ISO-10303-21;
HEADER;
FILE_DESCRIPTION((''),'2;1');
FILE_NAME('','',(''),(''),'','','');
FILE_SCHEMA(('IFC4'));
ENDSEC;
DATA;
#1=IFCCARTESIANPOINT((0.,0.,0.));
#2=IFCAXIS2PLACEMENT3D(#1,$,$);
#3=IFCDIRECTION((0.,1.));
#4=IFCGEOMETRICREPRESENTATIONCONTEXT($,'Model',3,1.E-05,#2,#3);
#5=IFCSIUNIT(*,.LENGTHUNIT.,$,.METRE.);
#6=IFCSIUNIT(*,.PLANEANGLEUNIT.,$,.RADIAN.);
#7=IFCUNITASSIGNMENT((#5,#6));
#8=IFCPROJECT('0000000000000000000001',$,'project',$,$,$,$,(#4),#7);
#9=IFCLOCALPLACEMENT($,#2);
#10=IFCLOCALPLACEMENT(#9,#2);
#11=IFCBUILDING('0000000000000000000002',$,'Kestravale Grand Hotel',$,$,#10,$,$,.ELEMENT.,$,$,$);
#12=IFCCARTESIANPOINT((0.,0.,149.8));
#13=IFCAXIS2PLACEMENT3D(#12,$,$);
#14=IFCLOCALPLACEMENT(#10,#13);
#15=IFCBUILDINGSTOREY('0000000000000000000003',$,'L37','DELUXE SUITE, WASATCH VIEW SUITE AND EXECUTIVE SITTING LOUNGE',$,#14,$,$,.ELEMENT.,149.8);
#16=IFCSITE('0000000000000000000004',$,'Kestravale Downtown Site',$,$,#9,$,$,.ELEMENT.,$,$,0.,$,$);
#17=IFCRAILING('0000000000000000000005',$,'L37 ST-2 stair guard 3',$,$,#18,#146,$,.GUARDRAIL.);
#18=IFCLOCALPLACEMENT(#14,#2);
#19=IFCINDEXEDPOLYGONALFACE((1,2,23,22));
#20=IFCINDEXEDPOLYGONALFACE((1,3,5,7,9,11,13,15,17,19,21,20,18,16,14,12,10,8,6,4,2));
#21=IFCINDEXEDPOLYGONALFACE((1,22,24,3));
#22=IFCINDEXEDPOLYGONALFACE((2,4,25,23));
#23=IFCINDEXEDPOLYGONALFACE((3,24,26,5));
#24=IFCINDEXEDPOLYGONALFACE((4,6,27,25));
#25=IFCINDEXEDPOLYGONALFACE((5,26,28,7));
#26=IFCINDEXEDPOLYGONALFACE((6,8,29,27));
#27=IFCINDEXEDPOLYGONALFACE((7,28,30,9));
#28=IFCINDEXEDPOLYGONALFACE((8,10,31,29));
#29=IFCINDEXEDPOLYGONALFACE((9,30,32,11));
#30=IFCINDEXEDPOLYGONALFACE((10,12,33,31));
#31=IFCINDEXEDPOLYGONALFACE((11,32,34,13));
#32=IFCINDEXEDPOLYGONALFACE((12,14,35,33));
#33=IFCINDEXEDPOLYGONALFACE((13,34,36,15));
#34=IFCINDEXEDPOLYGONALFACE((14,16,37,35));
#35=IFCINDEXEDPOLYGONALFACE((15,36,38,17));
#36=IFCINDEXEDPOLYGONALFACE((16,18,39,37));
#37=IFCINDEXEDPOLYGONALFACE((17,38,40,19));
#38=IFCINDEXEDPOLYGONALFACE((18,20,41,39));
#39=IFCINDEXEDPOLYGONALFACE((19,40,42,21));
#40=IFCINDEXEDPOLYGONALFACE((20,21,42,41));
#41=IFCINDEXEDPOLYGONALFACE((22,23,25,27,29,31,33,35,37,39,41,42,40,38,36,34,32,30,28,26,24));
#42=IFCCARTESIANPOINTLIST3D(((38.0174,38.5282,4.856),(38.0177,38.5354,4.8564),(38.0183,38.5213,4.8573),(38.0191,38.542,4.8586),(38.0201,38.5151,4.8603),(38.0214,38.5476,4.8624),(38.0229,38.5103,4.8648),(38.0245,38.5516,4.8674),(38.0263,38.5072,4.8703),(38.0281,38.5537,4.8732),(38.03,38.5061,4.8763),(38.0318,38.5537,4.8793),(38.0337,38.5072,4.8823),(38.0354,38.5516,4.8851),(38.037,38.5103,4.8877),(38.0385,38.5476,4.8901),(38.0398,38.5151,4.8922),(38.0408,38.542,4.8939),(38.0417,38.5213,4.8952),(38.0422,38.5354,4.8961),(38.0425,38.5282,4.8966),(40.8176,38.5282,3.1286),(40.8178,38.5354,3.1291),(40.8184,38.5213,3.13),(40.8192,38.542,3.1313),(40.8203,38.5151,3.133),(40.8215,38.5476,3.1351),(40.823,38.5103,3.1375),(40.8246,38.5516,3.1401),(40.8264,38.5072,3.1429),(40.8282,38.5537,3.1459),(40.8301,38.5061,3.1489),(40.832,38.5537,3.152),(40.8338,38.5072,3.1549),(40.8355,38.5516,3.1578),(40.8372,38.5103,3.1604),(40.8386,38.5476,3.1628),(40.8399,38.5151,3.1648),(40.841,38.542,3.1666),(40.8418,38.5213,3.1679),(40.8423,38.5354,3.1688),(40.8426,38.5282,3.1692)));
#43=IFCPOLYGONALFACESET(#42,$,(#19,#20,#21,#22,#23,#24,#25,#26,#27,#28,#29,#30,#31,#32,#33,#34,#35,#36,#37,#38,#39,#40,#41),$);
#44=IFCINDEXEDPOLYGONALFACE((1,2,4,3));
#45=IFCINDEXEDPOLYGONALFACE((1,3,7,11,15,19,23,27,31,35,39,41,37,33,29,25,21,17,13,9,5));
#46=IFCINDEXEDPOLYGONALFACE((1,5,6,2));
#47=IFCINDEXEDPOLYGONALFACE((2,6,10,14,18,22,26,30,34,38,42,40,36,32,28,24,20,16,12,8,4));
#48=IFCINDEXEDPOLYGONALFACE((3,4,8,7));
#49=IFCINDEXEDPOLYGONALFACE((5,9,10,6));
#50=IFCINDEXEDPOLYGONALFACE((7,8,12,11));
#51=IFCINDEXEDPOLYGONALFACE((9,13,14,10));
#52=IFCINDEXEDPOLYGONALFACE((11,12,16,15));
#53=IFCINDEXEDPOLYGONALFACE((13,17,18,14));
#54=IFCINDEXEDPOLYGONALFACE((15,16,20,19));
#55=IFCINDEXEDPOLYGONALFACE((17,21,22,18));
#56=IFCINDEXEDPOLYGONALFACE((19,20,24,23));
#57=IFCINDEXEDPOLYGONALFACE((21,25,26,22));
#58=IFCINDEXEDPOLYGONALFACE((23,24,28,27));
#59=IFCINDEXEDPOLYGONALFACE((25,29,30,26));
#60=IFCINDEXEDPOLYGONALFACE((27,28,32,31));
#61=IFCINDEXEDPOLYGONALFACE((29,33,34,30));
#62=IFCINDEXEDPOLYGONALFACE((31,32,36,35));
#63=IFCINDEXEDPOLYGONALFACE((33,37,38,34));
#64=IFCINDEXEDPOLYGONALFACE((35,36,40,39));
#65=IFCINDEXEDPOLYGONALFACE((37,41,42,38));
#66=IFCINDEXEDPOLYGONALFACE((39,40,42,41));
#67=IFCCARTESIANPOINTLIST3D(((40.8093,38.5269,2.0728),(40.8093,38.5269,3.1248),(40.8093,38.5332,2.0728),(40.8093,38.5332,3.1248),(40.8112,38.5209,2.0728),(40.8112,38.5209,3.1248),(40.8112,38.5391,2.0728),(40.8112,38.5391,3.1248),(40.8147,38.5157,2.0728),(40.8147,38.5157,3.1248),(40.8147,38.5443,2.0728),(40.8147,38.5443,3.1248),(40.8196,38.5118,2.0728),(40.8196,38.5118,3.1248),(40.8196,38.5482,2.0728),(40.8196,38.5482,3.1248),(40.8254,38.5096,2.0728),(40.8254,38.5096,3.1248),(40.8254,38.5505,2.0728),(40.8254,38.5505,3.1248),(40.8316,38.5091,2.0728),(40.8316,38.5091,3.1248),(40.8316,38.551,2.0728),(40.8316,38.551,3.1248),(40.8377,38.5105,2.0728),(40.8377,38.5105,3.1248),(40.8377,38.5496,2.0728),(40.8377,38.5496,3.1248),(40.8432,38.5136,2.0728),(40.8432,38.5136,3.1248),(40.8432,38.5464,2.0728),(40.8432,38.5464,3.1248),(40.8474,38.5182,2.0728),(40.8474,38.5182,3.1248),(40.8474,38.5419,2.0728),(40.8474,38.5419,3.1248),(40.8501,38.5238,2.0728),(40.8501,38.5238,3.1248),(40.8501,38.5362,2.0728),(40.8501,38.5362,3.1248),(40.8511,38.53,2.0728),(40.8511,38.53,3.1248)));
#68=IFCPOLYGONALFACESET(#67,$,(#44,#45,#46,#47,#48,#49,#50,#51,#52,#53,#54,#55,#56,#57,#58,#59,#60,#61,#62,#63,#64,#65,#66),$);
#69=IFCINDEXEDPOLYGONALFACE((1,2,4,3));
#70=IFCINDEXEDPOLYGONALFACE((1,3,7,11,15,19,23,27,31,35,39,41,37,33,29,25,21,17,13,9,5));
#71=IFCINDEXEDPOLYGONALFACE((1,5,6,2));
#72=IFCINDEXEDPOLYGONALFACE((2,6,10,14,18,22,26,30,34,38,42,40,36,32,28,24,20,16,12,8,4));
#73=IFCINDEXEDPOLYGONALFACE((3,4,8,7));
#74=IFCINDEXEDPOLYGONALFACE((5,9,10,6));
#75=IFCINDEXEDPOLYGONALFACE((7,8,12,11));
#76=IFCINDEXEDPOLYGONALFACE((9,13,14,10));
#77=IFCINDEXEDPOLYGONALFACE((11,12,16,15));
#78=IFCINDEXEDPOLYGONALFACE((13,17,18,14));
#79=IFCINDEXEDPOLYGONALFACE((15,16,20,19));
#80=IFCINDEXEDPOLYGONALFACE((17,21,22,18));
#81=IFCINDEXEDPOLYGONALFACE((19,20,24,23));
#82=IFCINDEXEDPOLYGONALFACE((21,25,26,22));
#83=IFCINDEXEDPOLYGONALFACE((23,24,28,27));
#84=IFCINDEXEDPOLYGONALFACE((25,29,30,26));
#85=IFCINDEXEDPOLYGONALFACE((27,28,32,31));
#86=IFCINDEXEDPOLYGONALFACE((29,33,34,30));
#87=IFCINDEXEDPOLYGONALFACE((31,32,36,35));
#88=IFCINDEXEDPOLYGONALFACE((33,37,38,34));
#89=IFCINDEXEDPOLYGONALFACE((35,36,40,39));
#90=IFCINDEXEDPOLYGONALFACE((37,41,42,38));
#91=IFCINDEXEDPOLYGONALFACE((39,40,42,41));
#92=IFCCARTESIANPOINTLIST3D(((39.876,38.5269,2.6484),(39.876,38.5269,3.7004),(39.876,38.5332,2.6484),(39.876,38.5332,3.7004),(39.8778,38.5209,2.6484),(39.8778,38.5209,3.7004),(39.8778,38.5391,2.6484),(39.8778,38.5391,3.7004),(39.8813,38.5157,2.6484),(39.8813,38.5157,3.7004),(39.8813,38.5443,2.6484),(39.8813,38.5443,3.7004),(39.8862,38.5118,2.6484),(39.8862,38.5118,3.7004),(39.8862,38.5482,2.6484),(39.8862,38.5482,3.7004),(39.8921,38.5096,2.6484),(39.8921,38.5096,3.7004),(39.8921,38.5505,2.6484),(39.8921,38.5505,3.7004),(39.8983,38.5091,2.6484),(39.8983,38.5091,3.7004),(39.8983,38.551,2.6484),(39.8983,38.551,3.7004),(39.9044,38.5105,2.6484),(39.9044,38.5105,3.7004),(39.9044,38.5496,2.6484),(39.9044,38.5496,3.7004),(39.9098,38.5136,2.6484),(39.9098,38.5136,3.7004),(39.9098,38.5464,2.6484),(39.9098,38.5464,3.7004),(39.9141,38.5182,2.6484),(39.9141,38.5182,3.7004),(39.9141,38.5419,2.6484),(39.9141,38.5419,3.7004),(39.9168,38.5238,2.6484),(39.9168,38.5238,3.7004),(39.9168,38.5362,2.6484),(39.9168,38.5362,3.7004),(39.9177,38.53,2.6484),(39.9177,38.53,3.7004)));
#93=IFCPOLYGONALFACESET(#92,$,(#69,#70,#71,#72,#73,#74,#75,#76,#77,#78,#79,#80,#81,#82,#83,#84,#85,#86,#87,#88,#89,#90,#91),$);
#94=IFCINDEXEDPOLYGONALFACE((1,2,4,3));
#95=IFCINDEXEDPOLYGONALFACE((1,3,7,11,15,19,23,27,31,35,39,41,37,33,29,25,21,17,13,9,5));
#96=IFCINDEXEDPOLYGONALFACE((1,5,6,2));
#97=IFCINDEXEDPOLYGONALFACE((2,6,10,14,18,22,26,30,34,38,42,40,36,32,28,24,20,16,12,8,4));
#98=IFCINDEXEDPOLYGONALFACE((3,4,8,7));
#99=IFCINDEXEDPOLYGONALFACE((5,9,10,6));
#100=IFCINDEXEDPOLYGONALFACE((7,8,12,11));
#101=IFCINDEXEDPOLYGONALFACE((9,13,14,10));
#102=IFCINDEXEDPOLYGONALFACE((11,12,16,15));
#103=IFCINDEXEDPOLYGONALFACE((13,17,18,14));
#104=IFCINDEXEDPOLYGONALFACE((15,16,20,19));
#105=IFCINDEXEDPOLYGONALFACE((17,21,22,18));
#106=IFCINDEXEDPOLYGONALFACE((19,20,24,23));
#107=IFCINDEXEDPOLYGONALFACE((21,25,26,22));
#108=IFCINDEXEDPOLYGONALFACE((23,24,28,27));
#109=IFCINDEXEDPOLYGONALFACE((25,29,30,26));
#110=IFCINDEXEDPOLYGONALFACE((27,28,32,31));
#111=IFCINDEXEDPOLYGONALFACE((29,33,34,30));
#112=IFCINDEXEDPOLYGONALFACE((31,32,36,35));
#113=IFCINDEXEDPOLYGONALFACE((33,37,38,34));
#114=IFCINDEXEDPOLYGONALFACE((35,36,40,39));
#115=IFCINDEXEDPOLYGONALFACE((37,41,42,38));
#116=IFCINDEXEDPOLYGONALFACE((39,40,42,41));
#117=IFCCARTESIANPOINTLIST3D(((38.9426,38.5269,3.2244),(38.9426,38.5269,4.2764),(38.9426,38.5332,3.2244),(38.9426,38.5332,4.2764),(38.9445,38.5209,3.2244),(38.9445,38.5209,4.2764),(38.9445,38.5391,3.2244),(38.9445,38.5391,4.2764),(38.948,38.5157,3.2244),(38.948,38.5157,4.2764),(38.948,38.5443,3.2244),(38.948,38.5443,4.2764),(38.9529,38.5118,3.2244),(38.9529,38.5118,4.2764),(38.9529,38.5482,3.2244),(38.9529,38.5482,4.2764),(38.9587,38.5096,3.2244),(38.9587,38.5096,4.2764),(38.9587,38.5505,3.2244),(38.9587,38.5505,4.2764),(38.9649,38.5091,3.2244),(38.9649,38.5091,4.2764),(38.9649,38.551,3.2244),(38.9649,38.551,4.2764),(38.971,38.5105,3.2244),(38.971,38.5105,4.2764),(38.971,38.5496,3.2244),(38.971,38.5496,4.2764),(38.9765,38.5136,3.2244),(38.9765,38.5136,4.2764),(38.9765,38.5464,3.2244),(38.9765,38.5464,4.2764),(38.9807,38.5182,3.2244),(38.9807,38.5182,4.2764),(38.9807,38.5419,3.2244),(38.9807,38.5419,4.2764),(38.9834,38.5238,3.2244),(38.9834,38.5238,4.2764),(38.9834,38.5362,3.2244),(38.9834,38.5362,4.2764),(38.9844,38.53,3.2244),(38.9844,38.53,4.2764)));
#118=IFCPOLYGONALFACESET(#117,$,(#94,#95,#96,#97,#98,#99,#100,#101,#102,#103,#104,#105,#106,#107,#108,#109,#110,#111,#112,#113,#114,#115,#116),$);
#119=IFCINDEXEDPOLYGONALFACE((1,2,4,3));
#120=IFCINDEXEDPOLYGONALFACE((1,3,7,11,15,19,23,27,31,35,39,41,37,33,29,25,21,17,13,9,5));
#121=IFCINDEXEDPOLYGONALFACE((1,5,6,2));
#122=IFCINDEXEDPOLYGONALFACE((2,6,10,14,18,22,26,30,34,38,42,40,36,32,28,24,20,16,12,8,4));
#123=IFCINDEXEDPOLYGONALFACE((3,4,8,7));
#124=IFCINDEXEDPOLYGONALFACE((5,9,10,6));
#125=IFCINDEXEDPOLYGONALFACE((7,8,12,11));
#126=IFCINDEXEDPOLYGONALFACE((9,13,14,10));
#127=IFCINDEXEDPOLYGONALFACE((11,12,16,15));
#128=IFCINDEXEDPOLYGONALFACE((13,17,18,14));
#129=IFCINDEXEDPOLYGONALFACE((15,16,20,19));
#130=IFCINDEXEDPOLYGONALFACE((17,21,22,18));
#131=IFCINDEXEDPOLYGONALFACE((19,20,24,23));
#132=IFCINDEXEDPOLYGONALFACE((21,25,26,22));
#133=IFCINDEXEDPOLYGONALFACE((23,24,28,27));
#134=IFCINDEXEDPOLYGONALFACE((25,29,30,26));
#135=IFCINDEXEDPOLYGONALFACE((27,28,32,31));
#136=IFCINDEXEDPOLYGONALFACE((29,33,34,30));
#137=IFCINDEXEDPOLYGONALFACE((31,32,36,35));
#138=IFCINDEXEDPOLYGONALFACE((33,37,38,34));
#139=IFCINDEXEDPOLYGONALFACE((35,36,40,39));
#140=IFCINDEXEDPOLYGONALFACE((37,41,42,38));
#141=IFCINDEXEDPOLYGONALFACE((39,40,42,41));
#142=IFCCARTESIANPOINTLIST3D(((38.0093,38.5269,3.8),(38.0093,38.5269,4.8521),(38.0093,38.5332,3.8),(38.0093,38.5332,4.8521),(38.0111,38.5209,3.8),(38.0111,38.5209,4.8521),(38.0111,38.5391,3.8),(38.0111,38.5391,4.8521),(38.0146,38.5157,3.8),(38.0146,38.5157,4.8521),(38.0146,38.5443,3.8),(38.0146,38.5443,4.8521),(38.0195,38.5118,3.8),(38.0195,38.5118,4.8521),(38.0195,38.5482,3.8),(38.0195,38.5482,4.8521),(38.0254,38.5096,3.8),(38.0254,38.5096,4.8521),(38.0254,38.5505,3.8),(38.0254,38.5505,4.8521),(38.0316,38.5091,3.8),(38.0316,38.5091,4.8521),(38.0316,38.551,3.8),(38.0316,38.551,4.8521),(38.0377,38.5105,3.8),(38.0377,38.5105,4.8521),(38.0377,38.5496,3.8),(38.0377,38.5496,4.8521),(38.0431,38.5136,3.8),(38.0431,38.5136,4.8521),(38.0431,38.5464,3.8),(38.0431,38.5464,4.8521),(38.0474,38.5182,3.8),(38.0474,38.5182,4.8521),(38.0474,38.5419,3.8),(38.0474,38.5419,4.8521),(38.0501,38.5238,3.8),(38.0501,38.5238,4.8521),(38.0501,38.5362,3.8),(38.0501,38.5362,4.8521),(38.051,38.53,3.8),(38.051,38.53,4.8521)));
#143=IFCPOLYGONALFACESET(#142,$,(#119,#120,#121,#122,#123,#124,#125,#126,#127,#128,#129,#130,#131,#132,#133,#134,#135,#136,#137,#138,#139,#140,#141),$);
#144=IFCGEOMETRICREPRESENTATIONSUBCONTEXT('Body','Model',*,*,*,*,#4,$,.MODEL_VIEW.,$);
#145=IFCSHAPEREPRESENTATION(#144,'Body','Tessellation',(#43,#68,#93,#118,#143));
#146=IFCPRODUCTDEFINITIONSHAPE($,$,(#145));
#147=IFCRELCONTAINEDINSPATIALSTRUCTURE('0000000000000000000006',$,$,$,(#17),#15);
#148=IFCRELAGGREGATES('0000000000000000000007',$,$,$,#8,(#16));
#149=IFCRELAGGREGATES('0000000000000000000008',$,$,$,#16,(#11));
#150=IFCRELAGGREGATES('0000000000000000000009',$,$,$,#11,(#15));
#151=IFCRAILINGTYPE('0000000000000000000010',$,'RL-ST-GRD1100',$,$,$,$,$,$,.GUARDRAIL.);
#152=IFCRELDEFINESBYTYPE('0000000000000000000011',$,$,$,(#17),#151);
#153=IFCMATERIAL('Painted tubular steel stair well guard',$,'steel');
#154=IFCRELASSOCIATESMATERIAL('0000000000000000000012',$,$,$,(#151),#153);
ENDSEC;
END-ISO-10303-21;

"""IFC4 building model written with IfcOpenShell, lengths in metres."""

from ifc_helpers import new_model, si_unit, direction, frame, origin, origin_2d, place, context, subcontext, project, spatial, circle, extrude, material, type_object, element, save


model = new_model("IFC4")

# Units and contexts
model_context = context("Model", 3, precision=1e-05, world=origin(), true_north=direction((0.0, 1.0)))
body_context = subcontext(model_context, "Body", "Model", "MODEL_VIEW")
ifc_project = project(units=[si_unit("LENGTHUNIT", "METRE"), si_unit("PLANEANGLEUNIT", "RADIAN")], contexts=[model_context])

# Site, building, storey
site_placement = place(None, origin())
site = spatial("IfcSite", under=ifc_project, at=site_placement, Name="Kestravale Downtown Site", CompositionType="ELEMENT", RefElevation=0.0)
building_placement = place(site_placement, origin())
building = spatial("IfcBuilding", under=site, at=building_placement, Name="Kestravale Grand Hotel", CompositionType="ELEMENT")
storey_placement = place(building_placement, frame((0.0, 0.0, 149.8)))
storey = spatial("IfcBuildingStorey", under=building, at=storey_placement, Name="L37", Description="DELUXE SUITE, WASATCH VIEW SUITE AND EXECUTIVE SITTING LOUNGE", CompositionType="ELEMENT", Elevation=149.8)

# Railing
ifc_material_1 = material(Name="Painted tubular steel stair well guard", Category="steel")
railing_type_1 = type_object("IfcRailingType", Name="RL-ST-GRD1100", PredefinedType="GUARDRAIL", material=ifc_material_1)
railing_1_placement = place(storey_placement, frame((40.8301, 38.53, 2.0728)))
element("IfcRailing", 1, at=railing_1_placement, inside=storey, type_object=railing_type_1, Name="L37 ST-2 stair guard 3", PredefinedType="GUARDRAIL", context=body_context, shape_type="SweptSolid", body=[
    extrude(circle(Radius=0.0239, at=origin_2d()), frame((0.0, 0.0, 1.0762), z_axis=(-0.85109, 0.0, 0.52502), x_axis=(0.0, -1.0, 0.0)), (0.0, 0.0, 1.0), 3.29),
    extrude(circle(Radius=0.021, at=origin_2d()), origin(), (0.0, 0.0, 1.0), 1.052),
    extrude(circle(Radius=0.021, at=origin_2d()), frame((-0.9333, 0.0, 0.5757)), (0.0, 0.0, 1.0), 1.052),
    extrude(circle(Radius=0.021, at=origin_2d()), frame((-1.8667, 0.0, 1.1516)), (0.0, 0.0, 1.0), 1.052),
    extrude(circle(Radius=0.021, at=origin_2d()), frame((-2.8, 0.0, 1.7273)), (0.0, 0.0, 1.0), 1.052),
])

save(model, "model.ifc")
